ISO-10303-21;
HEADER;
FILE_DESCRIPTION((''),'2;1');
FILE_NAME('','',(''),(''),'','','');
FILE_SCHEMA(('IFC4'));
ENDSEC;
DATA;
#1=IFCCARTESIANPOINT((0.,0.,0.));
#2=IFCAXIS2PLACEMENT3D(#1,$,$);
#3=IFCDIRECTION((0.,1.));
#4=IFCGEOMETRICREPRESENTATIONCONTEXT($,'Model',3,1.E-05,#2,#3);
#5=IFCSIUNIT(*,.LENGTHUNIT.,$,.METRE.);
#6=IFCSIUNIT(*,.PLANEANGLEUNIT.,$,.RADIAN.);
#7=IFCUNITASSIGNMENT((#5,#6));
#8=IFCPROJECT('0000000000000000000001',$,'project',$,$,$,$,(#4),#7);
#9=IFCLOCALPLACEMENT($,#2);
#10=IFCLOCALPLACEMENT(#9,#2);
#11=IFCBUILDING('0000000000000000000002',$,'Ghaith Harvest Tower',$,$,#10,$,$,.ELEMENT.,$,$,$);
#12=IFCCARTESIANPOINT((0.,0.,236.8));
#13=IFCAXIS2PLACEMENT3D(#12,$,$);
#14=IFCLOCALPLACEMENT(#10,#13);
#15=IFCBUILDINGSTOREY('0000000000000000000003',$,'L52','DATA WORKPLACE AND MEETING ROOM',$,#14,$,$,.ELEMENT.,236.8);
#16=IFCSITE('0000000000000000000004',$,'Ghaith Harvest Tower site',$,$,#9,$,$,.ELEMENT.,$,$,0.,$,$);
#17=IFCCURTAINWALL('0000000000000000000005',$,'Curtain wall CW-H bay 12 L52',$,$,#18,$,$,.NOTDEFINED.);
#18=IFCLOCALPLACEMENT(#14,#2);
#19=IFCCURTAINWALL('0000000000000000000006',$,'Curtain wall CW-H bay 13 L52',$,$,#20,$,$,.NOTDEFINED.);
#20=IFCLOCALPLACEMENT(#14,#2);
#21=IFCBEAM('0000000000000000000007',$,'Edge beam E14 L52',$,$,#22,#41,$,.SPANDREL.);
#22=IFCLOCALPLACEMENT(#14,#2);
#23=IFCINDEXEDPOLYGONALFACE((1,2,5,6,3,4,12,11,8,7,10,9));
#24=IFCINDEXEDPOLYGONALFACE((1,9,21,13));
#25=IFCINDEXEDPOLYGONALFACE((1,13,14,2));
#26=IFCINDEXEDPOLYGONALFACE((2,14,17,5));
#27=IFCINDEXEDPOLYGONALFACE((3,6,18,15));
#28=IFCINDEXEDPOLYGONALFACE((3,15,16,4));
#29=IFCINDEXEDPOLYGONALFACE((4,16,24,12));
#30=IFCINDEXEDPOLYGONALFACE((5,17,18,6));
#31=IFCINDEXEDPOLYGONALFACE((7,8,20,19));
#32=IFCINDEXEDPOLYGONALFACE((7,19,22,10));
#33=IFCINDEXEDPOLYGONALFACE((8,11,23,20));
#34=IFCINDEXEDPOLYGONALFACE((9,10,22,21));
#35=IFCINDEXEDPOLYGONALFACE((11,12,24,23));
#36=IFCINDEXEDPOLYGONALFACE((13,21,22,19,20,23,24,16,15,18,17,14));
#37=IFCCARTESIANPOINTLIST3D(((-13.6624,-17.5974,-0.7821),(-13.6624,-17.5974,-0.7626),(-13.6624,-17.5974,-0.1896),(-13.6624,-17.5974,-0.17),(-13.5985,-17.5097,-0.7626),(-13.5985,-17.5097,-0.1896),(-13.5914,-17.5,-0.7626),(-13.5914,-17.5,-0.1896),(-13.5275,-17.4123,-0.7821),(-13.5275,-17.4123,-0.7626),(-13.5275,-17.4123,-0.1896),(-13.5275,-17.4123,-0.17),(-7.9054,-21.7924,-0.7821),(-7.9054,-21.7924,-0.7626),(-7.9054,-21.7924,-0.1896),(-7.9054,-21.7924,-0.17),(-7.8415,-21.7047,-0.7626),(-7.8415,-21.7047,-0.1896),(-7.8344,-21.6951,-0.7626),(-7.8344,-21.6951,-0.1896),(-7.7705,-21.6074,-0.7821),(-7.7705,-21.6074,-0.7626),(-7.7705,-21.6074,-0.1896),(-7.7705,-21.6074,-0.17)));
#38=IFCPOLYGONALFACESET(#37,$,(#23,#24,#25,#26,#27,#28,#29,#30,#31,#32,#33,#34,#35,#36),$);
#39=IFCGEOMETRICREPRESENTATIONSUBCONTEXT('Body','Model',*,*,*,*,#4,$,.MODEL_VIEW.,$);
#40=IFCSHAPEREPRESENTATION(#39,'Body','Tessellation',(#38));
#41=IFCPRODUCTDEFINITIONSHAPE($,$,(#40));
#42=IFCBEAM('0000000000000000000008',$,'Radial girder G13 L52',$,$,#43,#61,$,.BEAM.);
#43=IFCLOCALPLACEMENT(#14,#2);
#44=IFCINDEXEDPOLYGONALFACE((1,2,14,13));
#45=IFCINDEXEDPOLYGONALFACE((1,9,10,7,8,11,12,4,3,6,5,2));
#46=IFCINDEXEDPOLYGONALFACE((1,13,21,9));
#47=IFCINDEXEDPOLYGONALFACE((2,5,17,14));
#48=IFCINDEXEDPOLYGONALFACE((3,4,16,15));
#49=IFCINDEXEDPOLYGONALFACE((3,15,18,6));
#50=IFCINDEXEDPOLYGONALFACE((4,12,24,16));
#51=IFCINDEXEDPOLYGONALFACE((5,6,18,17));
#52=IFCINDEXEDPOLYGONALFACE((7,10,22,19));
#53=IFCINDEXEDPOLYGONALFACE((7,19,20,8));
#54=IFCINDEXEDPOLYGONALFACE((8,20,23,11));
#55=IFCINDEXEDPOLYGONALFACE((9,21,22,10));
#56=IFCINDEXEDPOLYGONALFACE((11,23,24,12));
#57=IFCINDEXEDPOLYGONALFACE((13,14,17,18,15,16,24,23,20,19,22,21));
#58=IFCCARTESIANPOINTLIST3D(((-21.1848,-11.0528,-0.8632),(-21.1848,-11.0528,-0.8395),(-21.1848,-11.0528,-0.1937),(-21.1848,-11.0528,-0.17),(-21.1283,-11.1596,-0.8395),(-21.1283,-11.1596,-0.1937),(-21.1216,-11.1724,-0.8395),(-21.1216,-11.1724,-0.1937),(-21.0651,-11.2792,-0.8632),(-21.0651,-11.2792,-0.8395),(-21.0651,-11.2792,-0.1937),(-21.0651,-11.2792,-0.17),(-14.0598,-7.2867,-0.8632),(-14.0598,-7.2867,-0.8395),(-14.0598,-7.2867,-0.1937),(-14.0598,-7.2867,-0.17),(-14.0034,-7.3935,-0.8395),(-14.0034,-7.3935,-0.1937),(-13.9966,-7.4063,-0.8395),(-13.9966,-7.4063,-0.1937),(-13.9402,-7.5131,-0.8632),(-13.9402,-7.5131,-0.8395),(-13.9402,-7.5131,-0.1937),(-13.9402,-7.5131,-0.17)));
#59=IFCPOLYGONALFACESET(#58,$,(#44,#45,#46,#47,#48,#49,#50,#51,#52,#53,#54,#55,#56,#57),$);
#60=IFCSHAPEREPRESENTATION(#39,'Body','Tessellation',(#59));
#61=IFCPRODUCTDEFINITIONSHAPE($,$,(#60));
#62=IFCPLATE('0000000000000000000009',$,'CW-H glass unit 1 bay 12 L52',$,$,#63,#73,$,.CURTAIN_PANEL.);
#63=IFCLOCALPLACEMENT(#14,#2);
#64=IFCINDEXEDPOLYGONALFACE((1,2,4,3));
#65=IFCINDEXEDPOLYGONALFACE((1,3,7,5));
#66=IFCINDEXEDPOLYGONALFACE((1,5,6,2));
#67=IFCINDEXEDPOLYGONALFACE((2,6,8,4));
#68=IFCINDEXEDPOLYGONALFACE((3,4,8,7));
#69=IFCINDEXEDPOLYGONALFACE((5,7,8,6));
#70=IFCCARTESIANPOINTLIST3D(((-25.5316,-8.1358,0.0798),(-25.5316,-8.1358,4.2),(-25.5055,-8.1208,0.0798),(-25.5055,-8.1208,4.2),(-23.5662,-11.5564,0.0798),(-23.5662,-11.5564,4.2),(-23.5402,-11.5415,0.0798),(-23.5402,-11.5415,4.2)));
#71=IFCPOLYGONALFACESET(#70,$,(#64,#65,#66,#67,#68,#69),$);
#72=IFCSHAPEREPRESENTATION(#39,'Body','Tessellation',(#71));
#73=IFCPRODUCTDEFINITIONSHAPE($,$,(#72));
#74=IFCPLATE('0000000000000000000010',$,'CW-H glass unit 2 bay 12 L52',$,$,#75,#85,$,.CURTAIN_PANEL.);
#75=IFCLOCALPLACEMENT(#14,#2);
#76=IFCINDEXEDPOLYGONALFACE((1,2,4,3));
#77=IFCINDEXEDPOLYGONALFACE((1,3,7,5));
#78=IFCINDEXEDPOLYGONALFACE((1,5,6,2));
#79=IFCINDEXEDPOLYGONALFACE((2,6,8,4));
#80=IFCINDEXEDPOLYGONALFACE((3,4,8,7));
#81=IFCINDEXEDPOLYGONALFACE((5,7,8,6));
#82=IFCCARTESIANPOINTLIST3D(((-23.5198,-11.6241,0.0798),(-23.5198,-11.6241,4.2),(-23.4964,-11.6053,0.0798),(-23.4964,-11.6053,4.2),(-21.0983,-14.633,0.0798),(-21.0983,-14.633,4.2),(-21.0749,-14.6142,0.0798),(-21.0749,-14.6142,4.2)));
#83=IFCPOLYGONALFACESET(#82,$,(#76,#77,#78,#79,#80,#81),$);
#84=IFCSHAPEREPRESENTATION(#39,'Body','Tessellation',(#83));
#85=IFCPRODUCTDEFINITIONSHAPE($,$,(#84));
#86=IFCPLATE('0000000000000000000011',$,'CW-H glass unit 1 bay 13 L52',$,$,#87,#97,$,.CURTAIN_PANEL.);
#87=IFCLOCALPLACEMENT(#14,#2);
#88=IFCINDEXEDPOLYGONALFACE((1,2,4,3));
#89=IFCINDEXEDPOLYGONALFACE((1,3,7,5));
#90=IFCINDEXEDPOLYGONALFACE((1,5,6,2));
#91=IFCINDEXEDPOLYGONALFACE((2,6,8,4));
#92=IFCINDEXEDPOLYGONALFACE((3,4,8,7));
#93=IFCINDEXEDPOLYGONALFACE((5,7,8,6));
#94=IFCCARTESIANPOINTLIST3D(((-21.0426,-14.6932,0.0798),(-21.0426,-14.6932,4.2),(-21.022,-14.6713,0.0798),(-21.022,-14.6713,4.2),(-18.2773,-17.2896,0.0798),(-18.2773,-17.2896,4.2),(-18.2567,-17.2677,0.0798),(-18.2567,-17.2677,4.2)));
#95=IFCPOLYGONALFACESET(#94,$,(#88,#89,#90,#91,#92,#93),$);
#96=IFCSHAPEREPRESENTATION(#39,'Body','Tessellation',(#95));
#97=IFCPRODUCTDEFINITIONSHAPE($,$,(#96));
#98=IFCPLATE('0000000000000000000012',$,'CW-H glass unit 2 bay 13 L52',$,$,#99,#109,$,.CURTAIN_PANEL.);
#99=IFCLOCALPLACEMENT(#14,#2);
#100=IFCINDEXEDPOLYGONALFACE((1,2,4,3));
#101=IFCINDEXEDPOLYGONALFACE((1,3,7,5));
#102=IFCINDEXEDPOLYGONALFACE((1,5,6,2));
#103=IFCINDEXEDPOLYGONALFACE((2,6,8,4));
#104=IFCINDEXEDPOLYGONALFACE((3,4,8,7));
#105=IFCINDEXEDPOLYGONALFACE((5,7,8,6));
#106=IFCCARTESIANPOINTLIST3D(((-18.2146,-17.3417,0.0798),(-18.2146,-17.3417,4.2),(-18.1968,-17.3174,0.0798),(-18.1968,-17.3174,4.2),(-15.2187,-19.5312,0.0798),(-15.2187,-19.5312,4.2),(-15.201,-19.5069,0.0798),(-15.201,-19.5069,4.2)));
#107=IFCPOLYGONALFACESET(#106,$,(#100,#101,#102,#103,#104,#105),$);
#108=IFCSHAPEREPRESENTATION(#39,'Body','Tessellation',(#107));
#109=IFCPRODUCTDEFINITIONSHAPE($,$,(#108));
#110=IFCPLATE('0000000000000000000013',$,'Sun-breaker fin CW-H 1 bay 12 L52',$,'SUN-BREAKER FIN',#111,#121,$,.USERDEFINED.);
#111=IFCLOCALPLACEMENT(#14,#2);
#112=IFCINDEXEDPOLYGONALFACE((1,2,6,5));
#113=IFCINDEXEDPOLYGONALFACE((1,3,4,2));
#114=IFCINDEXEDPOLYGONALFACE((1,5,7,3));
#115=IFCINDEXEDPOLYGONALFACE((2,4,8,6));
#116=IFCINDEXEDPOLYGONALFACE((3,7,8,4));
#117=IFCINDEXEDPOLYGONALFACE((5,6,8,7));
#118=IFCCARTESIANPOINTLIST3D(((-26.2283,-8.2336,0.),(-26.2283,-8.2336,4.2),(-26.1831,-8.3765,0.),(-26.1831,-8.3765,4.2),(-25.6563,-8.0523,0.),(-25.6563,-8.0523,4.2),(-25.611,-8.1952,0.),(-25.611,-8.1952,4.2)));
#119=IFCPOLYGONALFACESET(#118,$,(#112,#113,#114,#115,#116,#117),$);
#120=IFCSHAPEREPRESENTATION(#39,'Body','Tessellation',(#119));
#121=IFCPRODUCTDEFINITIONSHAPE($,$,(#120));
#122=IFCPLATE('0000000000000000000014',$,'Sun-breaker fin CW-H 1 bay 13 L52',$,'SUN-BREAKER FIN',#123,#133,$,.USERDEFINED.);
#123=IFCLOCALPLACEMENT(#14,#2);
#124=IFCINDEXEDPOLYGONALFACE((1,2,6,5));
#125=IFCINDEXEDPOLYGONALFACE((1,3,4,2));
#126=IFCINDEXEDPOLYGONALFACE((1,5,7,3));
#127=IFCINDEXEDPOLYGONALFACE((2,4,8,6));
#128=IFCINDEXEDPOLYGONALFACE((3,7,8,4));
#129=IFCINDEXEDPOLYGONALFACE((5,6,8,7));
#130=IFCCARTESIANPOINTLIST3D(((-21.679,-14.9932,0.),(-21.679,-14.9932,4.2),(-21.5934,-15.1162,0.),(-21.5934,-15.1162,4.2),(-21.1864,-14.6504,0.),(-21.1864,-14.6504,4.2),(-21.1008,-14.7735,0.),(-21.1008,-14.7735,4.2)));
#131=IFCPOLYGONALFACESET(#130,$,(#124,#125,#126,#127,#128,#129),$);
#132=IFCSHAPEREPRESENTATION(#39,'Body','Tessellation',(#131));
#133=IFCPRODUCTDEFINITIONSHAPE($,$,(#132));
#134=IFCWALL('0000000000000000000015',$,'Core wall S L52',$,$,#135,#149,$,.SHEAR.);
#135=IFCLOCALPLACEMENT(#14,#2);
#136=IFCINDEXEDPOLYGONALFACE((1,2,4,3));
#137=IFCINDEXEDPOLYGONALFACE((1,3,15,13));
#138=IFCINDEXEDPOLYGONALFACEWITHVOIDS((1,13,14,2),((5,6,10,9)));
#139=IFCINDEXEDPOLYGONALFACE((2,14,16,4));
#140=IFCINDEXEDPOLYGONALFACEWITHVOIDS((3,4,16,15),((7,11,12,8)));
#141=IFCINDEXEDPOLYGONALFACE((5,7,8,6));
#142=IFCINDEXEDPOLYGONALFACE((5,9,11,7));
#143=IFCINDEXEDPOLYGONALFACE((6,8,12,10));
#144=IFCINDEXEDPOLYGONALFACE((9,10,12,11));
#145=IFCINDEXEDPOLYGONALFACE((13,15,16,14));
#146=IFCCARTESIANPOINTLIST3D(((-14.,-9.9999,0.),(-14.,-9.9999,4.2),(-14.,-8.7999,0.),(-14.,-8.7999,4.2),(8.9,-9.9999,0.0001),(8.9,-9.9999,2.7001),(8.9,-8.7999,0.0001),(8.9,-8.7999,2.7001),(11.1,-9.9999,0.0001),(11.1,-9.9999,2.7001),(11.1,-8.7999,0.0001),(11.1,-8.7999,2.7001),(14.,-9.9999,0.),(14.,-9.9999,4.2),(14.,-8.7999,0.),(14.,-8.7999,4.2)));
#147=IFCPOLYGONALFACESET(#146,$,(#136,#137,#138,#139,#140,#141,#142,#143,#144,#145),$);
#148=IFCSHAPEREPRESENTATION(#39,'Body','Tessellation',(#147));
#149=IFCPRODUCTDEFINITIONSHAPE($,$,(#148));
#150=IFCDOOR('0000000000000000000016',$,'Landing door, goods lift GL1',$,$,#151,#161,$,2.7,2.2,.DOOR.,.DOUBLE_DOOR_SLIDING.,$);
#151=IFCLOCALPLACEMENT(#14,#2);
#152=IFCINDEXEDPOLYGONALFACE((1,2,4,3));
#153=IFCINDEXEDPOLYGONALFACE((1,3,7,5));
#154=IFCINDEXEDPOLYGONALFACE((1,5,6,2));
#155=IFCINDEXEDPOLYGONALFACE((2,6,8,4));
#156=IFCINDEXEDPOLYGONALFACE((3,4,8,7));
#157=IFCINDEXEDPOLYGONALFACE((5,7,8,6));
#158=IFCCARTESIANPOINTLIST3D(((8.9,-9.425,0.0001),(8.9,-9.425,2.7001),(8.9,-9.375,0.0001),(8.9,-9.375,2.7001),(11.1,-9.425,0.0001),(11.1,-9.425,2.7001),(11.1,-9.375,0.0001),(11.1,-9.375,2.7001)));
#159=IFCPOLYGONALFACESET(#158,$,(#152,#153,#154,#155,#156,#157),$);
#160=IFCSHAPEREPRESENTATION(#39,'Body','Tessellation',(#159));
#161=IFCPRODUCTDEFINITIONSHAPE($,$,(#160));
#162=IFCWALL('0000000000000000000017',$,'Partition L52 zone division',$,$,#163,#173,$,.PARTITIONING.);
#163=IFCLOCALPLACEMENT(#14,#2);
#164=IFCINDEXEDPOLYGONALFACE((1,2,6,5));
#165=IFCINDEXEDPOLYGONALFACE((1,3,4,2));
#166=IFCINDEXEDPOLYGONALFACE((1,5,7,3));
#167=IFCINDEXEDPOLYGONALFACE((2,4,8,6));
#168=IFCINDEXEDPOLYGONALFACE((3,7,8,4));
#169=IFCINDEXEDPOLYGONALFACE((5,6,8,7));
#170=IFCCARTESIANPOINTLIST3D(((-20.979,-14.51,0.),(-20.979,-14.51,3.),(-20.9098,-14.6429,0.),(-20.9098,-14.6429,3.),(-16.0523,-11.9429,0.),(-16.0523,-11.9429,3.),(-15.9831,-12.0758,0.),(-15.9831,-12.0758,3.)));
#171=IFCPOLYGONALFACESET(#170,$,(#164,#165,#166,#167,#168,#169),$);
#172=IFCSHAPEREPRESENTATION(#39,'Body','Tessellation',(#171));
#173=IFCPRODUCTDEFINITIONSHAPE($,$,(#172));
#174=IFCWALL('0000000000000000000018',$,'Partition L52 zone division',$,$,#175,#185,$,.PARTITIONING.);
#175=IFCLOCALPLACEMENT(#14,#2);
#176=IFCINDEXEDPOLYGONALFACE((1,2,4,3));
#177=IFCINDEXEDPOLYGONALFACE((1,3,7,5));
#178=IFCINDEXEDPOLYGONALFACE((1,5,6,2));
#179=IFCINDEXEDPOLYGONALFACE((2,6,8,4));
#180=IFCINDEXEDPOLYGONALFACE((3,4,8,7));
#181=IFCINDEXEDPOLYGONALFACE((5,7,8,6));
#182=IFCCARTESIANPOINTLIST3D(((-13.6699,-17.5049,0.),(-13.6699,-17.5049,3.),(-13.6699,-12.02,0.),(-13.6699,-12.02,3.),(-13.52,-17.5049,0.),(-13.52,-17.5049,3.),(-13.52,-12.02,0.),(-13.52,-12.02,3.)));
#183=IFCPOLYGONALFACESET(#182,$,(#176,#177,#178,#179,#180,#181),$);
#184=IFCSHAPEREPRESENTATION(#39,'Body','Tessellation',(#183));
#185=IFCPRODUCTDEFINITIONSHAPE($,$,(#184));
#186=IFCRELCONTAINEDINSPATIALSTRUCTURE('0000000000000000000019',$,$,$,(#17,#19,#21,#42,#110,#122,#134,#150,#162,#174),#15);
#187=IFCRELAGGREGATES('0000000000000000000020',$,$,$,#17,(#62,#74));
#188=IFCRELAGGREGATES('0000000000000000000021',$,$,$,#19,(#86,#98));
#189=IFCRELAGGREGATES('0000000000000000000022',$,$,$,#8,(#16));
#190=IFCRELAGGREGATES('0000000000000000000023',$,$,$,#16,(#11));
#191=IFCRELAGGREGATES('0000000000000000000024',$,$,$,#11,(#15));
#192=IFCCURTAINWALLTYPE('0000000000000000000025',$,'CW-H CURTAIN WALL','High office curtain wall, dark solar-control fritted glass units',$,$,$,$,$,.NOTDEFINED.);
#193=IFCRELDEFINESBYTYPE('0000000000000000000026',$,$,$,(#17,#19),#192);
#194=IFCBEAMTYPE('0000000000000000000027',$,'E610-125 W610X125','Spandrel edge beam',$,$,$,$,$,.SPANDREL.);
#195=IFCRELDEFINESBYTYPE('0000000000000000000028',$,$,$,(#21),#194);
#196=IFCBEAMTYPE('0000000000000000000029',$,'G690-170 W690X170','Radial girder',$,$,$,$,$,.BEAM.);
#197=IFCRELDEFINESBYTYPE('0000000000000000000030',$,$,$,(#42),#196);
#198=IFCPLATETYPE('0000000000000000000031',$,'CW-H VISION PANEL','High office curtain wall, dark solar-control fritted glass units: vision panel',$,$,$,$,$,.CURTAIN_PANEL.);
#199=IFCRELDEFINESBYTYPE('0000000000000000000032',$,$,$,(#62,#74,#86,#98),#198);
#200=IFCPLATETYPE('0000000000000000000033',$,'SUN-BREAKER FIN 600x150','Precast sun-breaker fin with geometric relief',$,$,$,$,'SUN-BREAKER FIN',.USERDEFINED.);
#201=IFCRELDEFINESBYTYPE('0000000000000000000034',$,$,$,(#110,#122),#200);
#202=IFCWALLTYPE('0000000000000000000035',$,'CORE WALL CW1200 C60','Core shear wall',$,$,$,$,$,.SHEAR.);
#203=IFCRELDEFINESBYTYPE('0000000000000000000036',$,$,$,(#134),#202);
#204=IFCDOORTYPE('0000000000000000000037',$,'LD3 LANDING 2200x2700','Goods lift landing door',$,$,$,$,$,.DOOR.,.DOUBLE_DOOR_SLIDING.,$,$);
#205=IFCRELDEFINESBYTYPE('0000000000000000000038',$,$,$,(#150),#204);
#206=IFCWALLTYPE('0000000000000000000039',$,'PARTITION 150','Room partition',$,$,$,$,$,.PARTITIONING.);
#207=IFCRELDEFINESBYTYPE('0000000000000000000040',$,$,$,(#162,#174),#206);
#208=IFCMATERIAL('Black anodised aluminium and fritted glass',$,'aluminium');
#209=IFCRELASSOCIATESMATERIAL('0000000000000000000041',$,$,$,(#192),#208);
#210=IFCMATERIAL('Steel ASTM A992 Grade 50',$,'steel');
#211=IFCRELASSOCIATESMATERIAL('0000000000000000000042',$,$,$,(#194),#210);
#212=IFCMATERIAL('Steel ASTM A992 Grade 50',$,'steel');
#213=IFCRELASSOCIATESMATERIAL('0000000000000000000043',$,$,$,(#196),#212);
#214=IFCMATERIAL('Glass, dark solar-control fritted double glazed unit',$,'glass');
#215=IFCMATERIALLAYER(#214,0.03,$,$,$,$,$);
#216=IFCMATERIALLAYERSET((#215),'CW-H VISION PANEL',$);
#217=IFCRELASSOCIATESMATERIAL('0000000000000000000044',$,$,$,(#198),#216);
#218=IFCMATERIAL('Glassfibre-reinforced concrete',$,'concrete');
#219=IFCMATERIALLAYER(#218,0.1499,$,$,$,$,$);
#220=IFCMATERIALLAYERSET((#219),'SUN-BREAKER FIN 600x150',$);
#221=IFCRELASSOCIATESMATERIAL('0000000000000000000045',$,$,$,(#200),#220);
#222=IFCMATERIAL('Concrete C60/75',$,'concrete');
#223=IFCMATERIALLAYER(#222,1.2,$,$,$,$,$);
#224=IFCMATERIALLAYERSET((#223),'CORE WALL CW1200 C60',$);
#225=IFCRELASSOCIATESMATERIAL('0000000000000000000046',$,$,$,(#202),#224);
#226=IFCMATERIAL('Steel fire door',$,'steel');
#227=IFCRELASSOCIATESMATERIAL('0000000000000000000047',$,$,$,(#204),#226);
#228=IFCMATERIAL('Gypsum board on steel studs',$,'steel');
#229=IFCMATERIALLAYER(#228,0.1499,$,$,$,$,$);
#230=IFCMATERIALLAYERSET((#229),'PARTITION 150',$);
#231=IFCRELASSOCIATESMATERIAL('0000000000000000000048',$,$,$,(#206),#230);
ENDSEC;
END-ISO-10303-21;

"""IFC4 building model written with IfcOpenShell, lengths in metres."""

from ifc_helpers import new_model, si_unit, direction, frame, frame_2d, origin, origin_2d, place, context, subcontext, project, spatial, rectangle, i_section, extrude, material, layer, layer_set, material_profile, profile_set, type_object, element, fill, aggregate, save


model = new_model("IFC4")

# Units and contexts
model_context = context("Model", 3, precision=1e-05, world=origin(), true_north=direction((0.0, 1.0)))
body_context = subcontext(model_context, "Body", "Model", "MODEL_VIEW")
ifc_project = project(units=[si_unit("LENGTHUNIT", "METRE"), si_unit("PLANEANGLEUNIT", "RADIAN")], contexts=[model_context])

# Site, building, storey
site_placement = place(None, origin())
site = spatial("IfcSite", under=ifc_project, at=site_placement, Name="Ghaith Harvest Tower site", CompositionType="ELEMENT", RefElevation=0.0)
building_placement = place(site_placement, origin())
building = spatial("IfcBuilding", under=site, at=building_placement, Name="Ghaith Harvest Tower", CompositionType="ELEMENT")
storey_placement = place(building_placement, frame((0.0, 0.0, 236.8)))
storey = spatial("IfcBuildingStorey", under=building, at=storey_placement, Name="L52", Description="DATA WORKPLACE AND MEETING ROOM", CompositionType="ELEMENT", Elevation=236.8)

# Curtain walls
ifc_material_1 = material(Name="Black anodised aluminium and fritted glass", Category="aluminium")
curtain_wall_type = type_object("IfcCurtainWallType", Name="CW-H CURTAIN WALL", Description="High office curtain wall, dark solar-control fritted glass units", PredefinedType="NOTDEFINED", material=ifc_material_1)
curtain_wall_1_placement = place(storey_placement, origin())
curtain_wall_1 = element("IfcCurtainWall", 1, at=curtain_wall_1_placement, inside=storey, type_object=curtain_wall_type, Name="Curtain wall CW-H bay 12 L52", PredefinedType="NOTDEFINED")
curtain_wall_2_placement = place(storey_placement, origin())
curtain_wall_2 = element("IfcCurtainWall", 2, at=curtain_wall_2_placement, inside=storey, type_object=curtain_wall_type, Name="Curtain wall CW-H bay 13 L52", PredefinedType="NOTDEFINED")

# Beams
ifc_material_2 = material(Name="Steel ASTM A992 Grade 50", Category="steel")
ifc_material_profile_1 = material_profile(ifc_material_2, i_section(OverallWidth=0.229, OverallDepth=0.6121, WebThickness=0.012, FlangeThickness=0.0195, at=origin_2d()), Name="W610X125")
ifc_profile_set_1 = profile_set([ifc_material_profile_1], Name="Steel ASTM A992 Grade 50")
beam_type_1 = type_object("IfcBeamType", Name="E610-125 W610X125", Description="Spandrel edge beam", PredefinedType="SPANDREL", material=ifc_profile_set_1)
beam_1_placement = place(storey_placement, frame((-13.595, -17.5049, -0.4761), z_axis=(0.808195, -0.588915, 0.0), x_axis=(0.588915, 0.808195, 0.0)))
element("IfcBeam", 3, at=beam_1_placement, inside=storey, type_object=beam_type_1, Name="Edge beam E14 L52", PredefinedType="SPANDREL", context=body_context, shape_type="SweptSolid", body=[
    extrude(i_section(OverallWidth=0.229, OverallDepth=0.6121, WebThickness=0.012, FlangeThickness=0.0195, at=origin_2d()), origin(), (0.0, 0.0, 1.0), 7.1233),
])
ifc_material_3 = material(Name="Steel ASTM A992 Grade 50", Category="steel")
ifc_material_profile_2 = material_profile(ifc_material_3, i_section(OverallWidth=0.2561, OverallDepth=0.6931, WebThickness=0.0144, FlangeThickness=0.0237, at=origin_2d()), Name="W690X170")
ifc_profile_set_2 = profile_set([ifc_material_profile_2], Name="Steel ASTM A992 Grade 50")
beam_type_2 = type_object("IfcBeamType", Name="G690-170 W690X170", Description="Radial girder", PredefinedType="BEAM", material=ifc_profile_set_2)
beam_2_placement = place(storey_placement, frame((-14.0, -7.3999, -0.5166), z_axis=(-0.884093, -0.467311, 0.0), x_axis=(0.467311, -0.884093, 0.0)))
element("IfcBeam", 4, at=beam_2_placement, inside=storey, type_object=beam_type_2, Name="Radial girder G13 L52", PredefinedType="BEAM", context=body_context, shape_type="SweptSolid", body=[
    extrude(i_section(OverallWidth=0.2561, OverallDepth=0.6931, WebThickness=0.0144, FlangeThickness=0.0237, at=origin_2d()), origin(), (0.0, 0.0, 1.0), 8.0591),
])

# Plates
ifc_material_4 = material(Name="Glass, dark solar-control fritted double glazed unit", Category="glass")
ifc_layer_1 = layer(ifc_material_4, 0.03)
ifc_layer_set_1 = layer_set([ifc_layer_1], Name="CW-H VISION PANEL")
plate_type_1 = type_object("IfcPlateType", Name="CW-H VISION PANEL", Description="High office curtain wall, dark solar-control fritted glass units: vision panel", PredefinedType="CURTAIN_PANEL", material=ifc_layer_set_1)
plate_1_placement = place(storey_placement, frame((-24.5359, -9.8386, 0.0798), z_axis=(0.0, 0.0, 1.0), x_axis=(0.49818, -0.867074, 0.0)))
plate_1 = element("IfcPlate", 5, at=plate_1_placement, type_object=plate_type_1, Name="CW-H glass unit 1 bay 12 L52", PredefinedType="CURTAIN_PANEL", context=body_context, shape_type="SweptSolid", body=[
    extrude(rectangle(XDim=3.9451, YDim=0.03, at=origin_2d()), origin(), (0.0, 0.0, 1.0), 4.1201),
])
plate_2_placement = place(storey_placement, frame((-22.2974, -13.1191, 0.0798), z_axis=(0.0, 0.0, 1.0), x_axis=(0.626957, -0.779054, 0.0)))
plate_2 = element("IfcPlate", 6, at=plate_2_placement, type_object=plate_type_1, Name="CW-H glass unit 2 bay 12 L52", PredefinedType="CURTAIN_PANEL", context=body_context, shape_type="SweptSolid", body=[
    extrude(rectangle(XDim=3.8623, YDim=0.03, at=origin_2d()), origin(), (0.0, 0.0, 1.0), 4.1201),
])
aggregate(curtain_wall_1, [plate_1, plate_2])
plate_3_placement = place(storey_placement, frame((-19.6497, -15.9805, 0.0798), z_axis=(0.0, 0.0, 1.0), x_axis=(0.729017, -0.684496, 0.0)))
plate_3 = element("IfcPlate", 7, at=plate_3_placement, type_object=plate_type_1, Name="CW-H glass unit 1 bay 13 L52", PredefinedType="CURTAIN_PANEL", context=body_context, shape_type="SweptSolid", body=[
    extrude(rectangle(XDim=3.7932, YDim=0.03, at=origin_2d()), origin(), (0.0, 0.0, 1.0), 4.1201),
])
plate_4_placement = place(storey_placement, frame((-16.7078, -18.4243, 0.0798), z_axis=(0.0, 0.0, 1.0), x_axis=(0.807364, -0.590054, 0.0)))
plate_4 = element("IfcPlate", 8, at=plate_4_placement, type_object=plate_type_1, Name="CW-H glass unit 2 bay 13 L52", PredefinedType="CURTAIN_PANEL", context=body_context, shape_type="SweptSolid", body=[
    extrude(rectangle(XDim=3.7107, YDim=0.03, at=origin_2d()), origin(), (0.0, 0.0, 1.0), 4.1201),
])
aggregate(curtain_wall_2, [plate_3, plate_4])

# Plates
ifc_material_5 = material(Name="Glassfibre-reinforced concrete", Category="concrete")
ifc_layer_2 = layer(ifc_material_5, 0.1499)
ifc_layer_set_2 = layer_set([ifc_layer_2], Name="SUN-BREAKER FIN 600x150")
plate_type_2 = type_object("IfcPlateType", Name="SUN-BREAKER FIN 600x150", Description="Precast sun-breaker fin with geometric relief", ElementType="SUN-BREAKER FIN", PredefinedType="USERDEFINED", material=ifc_layer_set_2)
for number, where, z_axis, x_axis, name in (
    (9, (-25.9197, -8.2144, 0.0), (0.0, 0.0, 1.0), (-0.953273, -0.30211, 0.0), "Sun-breaker fin CW-H 1 bay 12 L52"),
    (10, (-21.3899, -14.8833, 0.0), (0.0, 0.0, 1.0), (-0.820845, -0.57115, 0.0), "Sun-breaker fin CW-H 1 bay 13 L52"),
):
    element("IfcPlate", number, at=place(storey_placement, frame(where, z_axis=z_axis, x_axis=x_axis)), inside=storey, type_object=plate_type_2, Name=name, ObjectType="SUN-BREAKER FIN", PredefinedType="USERDEFINED", context=body_context, shape_type="SweptSolid", body=[
        extrude(rectangle(XDim=0.6001, YDim=0.1499, at=origin_2d()), origin(), (0.0, 0.0, 1.0), 4.2),
    ])

# Wall, opening, door
ifc_material_6 = material(Name="Concrete C60/75", Category="concrete")
ifc_layer_3 = layer(ifc_material_6, 1.2)
ifc_layer_set_3 = layer_set([ifc_layer_3], Name="CORE WALL CW1200 C60")
wall_type_1 = type_object("IfcWallType", Name="CORE WALL CW1200 C60", Description="Core shear wall", PredefinedType="SHEAR", material=ifc_layer_set_3)
wall_1_placement = place(storey_placement, frame((-14.0, -9.3999, 0.0), z_axis=(0.0, 0.0, 1.0), x_axis=(1.0, 0.0, 0.0)))
wall_1 = element("IfcWall", 11, at=wall_1_placement, inside=storey, type_object=wall_type_1, Name="Core wall S L52", PredefinedType="SHEAR", context=body_context, shape_type="SweptSolid", body=[
    extrude(rectangle(XDim=28.0, YDim=1.2, at=frame_2d((14.0, 0.0))), origin(), (0.0, 0.0, 1.0), 4.2),
])
opening_placement = place(wall_1_placement, frame((22.8999, 0.0, 0.0)))
opening = element("IfcOpeningElement", 12, at=opening_placement, cuts=wall_1, PredefinedType="OPENING", context=body_context, shape_type="SweptSolid", body=[
    extrude(rectangle(XDim=2.2, YDim=2.7, at=frame_2d((1.1001, 1.3501))), frame((0.0, 0.6099, 0.0), z_axis=(0.0, -1.0, 0.0), x_axis=(1.0, 0.0, 0.0)), (0.0, 0.0, 1.0), 1.22),
])
ifc_material_7 = material(Name="Steel fire door", Category="steel")
door_type = type_object("IfcDoorType", Name="LD3 LANDING 2200x2700", Description="Goods lift landing door", OperationType="DOUBLE_DOOR_SLIDING", PredefinedType="DOOR", material=ifc_material_7)
door_placement = place(opening_placement, origin())
door = element("IfcDoor", 13, at=door_placement, inside=storey, type_object=door_type, Name="Landing door, goods lift GL1", OperationType="DOUBLE_DOOR_SLIDING", OverallHeight=2.7, OverallWidth=2.2, PredefinedType="DOOR", context=body_context, shape_type="SweptSolid", body=[
    extrude(rectangle(XDim=2.2, YDim=2.7, at=frame_2d((1.1001, 1.3501))), frame((0.0, 0.0249, 0.0), z_axis=(0.0, -1.0, 0.0), x_axis=(1.0, 0.0, 0.0)), (0.0, 0.0, 1.0), 0.05),
])
fill(opening, door)

# Walls
ifc_material_8 = material(Name="Gypsum board on steel studs", Category="steel")
ifc_layer_4 = layer(ifc_material_8, 0.1499)
ifc_layer_set_4 = layer_set([ifc_layer_4], Name="PARTITION 150")
wall_type_2 = type_object("IfcWallType", Name="PARTITION 150", Description="Room partition", PredefinedType="PARTITIONING", material=ifc_layer_set_4)
wall_2_placement = place(storey_placement, frame((-16.0176, -12.0093, 0.0), z_axis=(0.0, 0.0, 1.0), x_axis=(-0.886832, -0.462093, 0.0)))
element("IfcWall", 14, at=wall_2_placement, inside=storey, type_object=wall_type_2, Name="Partition L52 zone division", PredefinedType="PARTITIONING", context=body_context, shape_type="SweptSolid", body=[
    extrude(rectangle(XDim=5.5554, YDim=0.1499, at=frame_2d((2.7778, 0.0))), origin(), (0.0, 0.0, 1.0), 3.0),
])
wall_3_placement = place(storey_placement, frame((-13.595, -12.02, 0.0), z_axis=(0.0, 0.0, 1.0), x_axis=(0.0, -1.0, 0.0)))
element("IfcWall", 15, at=wall_3_placement, inside=storey, type_object=wall_type_2, Name="Partition L52 zone division", PredefinedType="PARTITIONING", context=body_context, shape_type="SweptSolid", body=[
    extrude(rectangle(XDim=5.4849, YDim=0.1499, at=frame_2d((2.7424, 0.0))), origin(), (0.0, 0.0, 1.0), 3.0),
])

save(model, "model.ifc")
